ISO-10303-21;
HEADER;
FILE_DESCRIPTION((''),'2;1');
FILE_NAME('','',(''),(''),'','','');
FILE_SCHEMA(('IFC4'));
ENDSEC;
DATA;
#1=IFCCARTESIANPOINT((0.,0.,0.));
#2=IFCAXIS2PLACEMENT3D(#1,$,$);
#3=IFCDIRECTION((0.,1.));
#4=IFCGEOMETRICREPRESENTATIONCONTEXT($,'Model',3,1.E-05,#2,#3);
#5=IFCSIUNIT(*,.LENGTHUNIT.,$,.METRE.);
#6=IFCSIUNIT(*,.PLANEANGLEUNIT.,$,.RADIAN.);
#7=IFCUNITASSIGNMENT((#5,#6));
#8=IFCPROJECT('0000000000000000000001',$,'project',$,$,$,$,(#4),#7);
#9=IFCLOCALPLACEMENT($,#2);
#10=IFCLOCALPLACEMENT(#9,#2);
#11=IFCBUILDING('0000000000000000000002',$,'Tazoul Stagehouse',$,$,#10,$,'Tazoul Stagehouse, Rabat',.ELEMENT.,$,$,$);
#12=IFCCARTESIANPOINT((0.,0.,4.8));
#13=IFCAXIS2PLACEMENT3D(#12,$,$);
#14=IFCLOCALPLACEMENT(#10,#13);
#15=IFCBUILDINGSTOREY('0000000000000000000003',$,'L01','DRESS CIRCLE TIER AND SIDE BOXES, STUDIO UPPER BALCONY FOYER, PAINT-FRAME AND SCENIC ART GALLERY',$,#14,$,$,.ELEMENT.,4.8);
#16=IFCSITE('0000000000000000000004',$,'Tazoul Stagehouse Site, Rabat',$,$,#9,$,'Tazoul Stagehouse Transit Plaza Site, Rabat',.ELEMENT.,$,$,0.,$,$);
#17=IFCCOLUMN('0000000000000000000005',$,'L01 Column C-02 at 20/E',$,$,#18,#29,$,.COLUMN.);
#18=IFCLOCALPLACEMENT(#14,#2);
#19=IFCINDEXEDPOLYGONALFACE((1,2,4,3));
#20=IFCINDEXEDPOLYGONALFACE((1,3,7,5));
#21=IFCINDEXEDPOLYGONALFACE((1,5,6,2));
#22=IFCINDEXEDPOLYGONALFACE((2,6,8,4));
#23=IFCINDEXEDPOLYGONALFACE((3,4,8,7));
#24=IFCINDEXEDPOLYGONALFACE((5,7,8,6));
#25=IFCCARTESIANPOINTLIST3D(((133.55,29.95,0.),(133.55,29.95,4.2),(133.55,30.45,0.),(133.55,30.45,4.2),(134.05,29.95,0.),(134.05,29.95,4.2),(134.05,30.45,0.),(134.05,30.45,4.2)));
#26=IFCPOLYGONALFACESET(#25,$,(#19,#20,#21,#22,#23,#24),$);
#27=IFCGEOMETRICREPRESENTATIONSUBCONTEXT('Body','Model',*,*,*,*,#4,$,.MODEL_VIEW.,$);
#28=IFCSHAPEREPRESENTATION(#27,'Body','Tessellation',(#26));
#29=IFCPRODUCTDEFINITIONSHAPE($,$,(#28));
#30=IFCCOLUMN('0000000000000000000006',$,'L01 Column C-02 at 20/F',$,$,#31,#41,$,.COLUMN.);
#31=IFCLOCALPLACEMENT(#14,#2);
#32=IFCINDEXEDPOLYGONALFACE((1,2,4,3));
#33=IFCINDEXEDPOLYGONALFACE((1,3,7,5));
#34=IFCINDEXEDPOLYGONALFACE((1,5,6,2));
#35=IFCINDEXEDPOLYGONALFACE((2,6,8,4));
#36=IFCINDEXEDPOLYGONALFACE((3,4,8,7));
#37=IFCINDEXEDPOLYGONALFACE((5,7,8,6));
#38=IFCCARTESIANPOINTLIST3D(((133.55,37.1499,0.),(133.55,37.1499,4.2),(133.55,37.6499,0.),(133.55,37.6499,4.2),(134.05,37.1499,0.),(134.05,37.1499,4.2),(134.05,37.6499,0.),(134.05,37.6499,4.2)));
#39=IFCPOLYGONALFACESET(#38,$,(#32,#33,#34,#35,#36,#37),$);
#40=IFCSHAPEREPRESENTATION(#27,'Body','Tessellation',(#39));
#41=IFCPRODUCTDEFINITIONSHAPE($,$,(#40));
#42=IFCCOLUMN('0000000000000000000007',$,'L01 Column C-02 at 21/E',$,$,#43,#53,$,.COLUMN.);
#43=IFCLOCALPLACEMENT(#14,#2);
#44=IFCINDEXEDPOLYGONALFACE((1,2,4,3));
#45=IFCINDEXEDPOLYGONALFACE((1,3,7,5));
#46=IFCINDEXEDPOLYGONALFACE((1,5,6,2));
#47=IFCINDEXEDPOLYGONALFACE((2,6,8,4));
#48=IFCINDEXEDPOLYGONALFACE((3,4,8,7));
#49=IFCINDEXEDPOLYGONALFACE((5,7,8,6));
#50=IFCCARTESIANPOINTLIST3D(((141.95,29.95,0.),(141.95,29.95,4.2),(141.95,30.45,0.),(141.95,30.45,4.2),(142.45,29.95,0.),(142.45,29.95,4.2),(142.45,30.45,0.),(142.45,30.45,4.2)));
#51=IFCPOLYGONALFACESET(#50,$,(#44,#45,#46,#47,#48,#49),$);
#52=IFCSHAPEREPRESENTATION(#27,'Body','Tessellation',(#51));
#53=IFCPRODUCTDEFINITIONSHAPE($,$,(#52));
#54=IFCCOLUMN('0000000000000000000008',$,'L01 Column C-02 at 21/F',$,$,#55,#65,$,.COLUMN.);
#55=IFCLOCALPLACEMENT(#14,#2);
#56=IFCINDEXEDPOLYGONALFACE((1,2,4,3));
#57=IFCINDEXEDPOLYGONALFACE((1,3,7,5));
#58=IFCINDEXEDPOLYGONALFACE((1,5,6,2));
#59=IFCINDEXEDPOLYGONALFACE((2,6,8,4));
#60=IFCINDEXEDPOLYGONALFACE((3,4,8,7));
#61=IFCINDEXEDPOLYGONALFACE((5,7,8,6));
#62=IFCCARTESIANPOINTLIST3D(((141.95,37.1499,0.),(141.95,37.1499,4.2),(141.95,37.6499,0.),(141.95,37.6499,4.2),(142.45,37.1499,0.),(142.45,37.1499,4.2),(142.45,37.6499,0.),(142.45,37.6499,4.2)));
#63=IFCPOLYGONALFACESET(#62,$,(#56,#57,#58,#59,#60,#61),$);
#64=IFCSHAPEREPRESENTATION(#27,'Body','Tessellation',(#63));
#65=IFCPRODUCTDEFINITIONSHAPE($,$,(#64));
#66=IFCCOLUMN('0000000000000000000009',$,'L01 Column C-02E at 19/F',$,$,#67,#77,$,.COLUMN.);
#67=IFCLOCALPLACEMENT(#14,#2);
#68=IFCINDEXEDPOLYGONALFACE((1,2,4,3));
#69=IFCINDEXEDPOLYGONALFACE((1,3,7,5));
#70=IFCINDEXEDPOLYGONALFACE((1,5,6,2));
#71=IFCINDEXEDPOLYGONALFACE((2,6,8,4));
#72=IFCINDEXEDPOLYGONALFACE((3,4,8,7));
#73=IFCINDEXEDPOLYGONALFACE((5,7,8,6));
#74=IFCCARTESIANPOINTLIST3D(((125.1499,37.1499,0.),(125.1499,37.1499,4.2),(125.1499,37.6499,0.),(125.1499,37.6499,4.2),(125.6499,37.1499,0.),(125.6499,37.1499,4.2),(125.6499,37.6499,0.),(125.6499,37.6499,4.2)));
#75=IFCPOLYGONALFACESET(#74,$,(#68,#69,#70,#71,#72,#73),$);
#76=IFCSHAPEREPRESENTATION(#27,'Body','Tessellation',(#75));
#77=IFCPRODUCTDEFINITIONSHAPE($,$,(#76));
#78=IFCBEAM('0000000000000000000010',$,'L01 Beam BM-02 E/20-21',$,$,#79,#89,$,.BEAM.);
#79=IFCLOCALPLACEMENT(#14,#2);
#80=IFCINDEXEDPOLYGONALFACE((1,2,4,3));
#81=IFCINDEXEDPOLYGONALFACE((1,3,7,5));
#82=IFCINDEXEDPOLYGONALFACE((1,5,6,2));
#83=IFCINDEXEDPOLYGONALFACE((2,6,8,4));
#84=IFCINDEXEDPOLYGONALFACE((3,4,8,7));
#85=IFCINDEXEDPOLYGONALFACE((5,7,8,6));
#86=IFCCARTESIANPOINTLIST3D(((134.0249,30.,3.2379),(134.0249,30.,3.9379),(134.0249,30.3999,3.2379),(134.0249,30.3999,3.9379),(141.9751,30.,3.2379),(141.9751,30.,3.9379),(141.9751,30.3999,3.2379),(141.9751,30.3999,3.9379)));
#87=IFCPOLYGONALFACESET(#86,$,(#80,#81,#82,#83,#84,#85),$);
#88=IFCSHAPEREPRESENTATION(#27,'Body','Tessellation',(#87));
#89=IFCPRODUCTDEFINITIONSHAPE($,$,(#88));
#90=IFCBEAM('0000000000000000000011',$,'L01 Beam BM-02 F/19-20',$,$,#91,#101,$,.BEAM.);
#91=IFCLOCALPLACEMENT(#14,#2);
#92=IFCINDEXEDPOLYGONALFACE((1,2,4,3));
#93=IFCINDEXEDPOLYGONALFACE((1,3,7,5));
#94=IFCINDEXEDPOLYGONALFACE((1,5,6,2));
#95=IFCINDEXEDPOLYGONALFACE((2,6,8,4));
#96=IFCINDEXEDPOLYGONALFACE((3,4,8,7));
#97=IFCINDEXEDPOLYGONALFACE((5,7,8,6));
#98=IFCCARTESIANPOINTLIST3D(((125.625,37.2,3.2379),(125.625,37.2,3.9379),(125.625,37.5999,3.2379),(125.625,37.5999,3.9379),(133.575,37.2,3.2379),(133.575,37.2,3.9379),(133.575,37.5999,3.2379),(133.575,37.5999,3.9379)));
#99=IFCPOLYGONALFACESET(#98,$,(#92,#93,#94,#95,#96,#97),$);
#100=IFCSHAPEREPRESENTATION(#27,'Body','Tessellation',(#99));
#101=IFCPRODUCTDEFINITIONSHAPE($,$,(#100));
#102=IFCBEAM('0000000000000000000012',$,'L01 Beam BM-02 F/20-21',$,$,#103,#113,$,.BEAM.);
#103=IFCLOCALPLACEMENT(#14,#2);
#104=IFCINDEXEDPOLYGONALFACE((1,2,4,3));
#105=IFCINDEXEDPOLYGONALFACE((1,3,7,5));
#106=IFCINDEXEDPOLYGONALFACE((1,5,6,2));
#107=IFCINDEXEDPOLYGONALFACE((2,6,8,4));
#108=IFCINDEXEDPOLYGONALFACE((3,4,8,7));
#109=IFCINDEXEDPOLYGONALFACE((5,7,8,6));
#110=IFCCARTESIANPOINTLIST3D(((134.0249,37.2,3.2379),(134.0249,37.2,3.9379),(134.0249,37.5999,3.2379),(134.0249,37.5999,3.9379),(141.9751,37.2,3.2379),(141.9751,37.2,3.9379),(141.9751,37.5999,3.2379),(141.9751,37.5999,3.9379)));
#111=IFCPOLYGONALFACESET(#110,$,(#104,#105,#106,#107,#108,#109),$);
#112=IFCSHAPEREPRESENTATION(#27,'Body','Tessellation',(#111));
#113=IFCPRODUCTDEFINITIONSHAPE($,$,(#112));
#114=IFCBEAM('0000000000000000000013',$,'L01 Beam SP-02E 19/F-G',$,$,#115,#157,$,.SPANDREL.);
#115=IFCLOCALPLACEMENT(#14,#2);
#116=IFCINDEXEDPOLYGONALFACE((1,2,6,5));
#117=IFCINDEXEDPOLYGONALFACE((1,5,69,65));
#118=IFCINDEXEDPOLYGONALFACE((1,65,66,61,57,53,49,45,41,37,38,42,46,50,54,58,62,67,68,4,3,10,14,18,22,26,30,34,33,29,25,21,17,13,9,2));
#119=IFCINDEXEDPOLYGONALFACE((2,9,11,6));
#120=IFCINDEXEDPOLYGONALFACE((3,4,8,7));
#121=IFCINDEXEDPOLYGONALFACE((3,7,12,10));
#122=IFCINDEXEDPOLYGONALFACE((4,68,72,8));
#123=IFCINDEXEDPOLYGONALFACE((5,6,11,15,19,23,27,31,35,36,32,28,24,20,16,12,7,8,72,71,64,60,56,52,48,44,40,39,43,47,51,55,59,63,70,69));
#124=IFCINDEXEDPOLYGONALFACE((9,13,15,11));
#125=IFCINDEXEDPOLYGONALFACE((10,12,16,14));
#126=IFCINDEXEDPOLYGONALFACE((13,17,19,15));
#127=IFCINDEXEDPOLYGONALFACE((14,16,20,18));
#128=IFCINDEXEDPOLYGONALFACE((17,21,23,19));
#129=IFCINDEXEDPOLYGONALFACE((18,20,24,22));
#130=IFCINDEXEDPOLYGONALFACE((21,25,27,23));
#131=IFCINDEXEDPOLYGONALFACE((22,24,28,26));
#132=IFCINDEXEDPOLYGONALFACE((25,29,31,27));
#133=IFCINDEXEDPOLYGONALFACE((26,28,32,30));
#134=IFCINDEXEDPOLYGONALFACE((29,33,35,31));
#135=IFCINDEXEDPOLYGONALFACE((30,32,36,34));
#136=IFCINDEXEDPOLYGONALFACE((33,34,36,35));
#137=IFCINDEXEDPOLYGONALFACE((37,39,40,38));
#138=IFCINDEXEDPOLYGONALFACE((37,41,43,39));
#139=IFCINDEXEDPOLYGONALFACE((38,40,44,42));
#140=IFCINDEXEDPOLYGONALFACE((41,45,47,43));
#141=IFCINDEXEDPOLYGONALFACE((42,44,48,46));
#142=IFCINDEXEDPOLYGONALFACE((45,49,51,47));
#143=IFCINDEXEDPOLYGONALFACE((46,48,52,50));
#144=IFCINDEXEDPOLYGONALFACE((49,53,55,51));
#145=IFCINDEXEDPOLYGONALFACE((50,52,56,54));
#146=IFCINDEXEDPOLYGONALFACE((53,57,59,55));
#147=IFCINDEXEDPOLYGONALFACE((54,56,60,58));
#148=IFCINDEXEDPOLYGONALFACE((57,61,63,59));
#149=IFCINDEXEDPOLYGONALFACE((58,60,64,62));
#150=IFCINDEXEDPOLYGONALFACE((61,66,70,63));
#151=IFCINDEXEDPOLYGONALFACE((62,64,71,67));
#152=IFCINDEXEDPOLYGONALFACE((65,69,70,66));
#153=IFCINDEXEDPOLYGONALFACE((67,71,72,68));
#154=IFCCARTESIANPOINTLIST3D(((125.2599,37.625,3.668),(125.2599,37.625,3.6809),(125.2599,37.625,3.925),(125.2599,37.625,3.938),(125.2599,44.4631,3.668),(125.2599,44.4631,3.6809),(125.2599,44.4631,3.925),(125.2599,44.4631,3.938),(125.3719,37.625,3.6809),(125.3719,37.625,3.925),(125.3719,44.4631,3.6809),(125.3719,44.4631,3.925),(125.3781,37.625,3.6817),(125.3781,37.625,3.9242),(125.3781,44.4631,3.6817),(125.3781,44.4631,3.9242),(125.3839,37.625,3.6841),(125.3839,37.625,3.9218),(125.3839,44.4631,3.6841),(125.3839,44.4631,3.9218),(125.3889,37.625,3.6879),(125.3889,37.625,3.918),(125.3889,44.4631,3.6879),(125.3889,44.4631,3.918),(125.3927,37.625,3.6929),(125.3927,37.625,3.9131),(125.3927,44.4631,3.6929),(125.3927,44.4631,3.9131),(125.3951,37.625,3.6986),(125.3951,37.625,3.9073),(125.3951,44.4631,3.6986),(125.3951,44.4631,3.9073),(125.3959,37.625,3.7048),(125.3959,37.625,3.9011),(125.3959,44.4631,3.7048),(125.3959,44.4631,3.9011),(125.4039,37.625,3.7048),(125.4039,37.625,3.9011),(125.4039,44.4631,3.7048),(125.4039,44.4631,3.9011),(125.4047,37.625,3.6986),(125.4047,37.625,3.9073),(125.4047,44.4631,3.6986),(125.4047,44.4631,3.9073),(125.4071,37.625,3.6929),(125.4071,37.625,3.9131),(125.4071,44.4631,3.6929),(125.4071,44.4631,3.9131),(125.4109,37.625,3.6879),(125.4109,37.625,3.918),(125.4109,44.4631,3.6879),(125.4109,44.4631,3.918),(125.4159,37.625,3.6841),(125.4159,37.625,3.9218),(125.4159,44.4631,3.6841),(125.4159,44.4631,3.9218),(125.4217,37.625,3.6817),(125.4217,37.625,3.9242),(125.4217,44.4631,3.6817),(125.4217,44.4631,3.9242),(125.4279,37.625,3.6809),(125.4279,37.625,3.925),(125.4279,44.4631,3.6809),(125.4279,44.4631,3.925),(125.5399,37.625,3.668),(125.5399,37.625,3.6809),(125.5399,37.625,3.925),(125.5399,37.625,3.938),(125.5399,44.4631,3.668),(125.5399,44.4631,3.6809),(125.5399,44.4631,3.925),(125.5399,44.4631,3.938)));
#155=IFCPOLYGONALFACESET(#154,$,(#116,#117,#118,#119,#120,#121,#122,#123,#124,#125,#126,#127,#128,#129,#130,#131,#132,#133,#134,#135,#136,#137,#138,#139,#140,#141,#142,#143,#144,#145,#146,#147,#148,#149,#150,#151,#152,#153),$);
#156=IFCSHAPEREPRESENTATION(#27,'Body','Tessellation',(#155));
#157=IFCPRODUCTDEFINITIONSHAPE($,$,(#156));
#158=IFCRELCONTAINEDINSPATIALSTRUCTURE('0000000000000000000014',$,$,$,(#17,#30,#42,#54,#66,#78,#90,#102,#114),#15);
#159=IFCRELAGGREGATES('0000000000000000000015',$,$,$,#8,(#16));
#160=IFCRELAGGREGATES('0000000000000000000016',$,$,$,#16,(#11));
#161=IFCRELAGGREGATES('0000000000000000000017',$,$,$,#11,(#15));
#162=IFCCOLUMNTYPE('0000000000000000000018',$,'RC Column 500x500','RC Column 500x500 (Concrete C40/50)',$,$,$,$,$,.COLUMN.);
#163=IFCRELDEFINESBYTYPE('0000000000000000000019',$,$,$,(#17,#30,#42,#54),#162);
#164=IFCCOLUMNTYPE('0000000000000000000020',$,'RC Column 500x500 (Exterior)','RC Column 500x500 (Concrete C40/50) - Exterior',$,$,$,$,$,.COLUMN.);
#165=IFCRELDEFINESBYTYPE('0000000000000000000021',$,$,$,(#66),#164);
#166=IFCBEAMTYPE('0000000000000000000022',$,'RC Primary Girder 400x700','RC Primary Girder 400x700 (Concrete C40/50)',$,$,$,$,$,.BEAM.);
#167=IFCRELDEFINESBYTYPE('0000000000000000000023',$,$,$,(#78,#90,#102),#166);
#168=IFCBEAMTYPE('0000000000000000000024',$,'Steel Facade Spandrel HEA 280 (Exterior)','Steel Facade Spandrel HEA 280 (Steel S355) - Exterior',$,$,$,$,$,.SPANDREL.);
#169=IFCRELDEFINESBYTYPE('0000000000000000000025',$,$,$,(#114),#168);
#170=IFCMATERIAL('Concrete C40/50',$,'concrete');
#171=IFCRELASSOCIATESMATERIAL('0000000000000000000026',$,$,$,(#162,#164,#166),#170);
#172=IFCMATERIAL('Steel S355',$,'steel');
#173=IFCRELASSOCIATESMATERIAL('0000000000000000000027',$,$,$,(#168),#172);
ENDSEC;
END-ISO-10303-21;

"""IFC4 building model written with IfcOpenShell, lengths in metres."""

from ifc_helpers import new_model, si_unit, direction, frame, origin, origin_2d, place, context, subcontext, project, spatial, rectangle, i_section, extrude, material, material_profile, profile_set, type_object, element, save


model = new_model("IFC4")

# Units and contexts
model_context = context("Model", 3, precision=1e-05, world=origin(), true_north=direction((0.0, 1.0)))
body_context = subcontext(model_context, "Body", "Model", "MODEL_VIEW")
ifc_project = project(units=[si_unit("LENGTHUNIT", "METRE"), si_unit("PLANEANGLEUNIT", "RADIAN")], contexts=[model_context])

# Site, building, storey
site_placement = place(None, origin())
site = spatial("IfcSite", under=ifc_project, at=site_placement, Name="Tazoul Stagehouse Site, Rabat", LongName="Tazoul Stagehouse Transit Plaza Site, Rabat", CompositionType="ELEMENT", RefElevation=0.0)
building_placement = place(site_placement, origin())
building = spatial("IfcBuilding", under=site, at=building_placement, Name="Tazoul Stagehouse", LongName="Tazoul Stagehouse, Rabat", CompositionType="ELEMENT")
storey_placement = place(building_placement, frame((0.0, 0.0, 4.8)))
storey = spatial("IfcBuildingStorey", under=building, at=storey_placement, Name="L01", Description="DRESS CIRCLE TIER AND SIDE BOXES, STUDIO UPPER BALCONY FOYER, PAINT-FRAME AND SCENIC ART GALLERY", CompositionType="ELEMENT", Elevation=4.8)

# Columns
ifc_material_1 = material(Name="Concrete C40/50", Category="concrete")
ifc_material_profile_1 = material_profile(ifc_material_1, rectangle(XDim=0.5, YDim=0.5, at=origin_2d()), Name="RC 500x500")
ifc_profile_set_1 = profile_set([ifc_material_profile_1], Name="Concrete C40/50")
column_type_1 = type_object("IfcColumnType", Name="RC Column 500x500", Description="RC Column 500x500 (Concrete C40/50)", PredefinedType="COLUMN", material=ifc_profile_set_1)
for number, where, z_axis, x_axis, name in (
    (1, (133.8, 30.2, 0.0), (0.0, 0.0, 1.0), (1.0, 0.0, 0.0), "L01 Column C-02 at 20/E"),
    (2, (133.8, 37.3999, 0.0), (0.0, 0.0, 1.0), (1.0, 0.0, 0.0), "L01 Column C-02 at 20/F"),
    (3, (142.2, 30.2, 0.0), (0.0, 0.0, 1.0), (1.0, 0.0, 0.0), "L01 Column C-02 at 21/E"),
    (4, (142.2, 37.3999, 0.0), (0.0, 0.0, 1.0), (1.0, 0.0, 0.0), "L01 Column C-02 at 21/F"),
):
    element("IfcColumn", number, at=place(storey_placement, frame(where, z_axis=z_axis, x_axis=x_axis)), inside=storey, type_object=column_type_1, Name=name, PredefinedType="COLUMN", context=body_context, shape_type="SweptSolid", body=[
        extrude(rectangle(XDim=0.5, YDim=0.5, at=origin_2d()), origin(), (0.0, 0.0, 1.0), 4.2),
    ])
ifc_material_profile_2 = material_profile(ifc_material_1, rectangle(XDim=0.5, YDim=0.5, at=origin_2d()), Name="RC 500x500")
ifc_profile_set_2 = profile_set([ifc_material_profile_2], Name="Concrete C40/50")
column_type_2 = type_object("IfcColumnType", Name="RC Column 500x500 (Exterior)", Description="RC Column 500x500 (Concrete C40/50) - Exterior", PredefinedType="COLUMN", material=ifc_profile_set_2)
column_placement = place(storey_placement, frame((125.3999, 37.3999, 0.0), z_axis=(0.0, 0.0, 1.0), x_axis=(1.0, 0.0, 0.0)))
element("IfcColumn", 5, at=column_placement, inside=storey, type_object=column_type_2, Name="L01 Column C-02E at 19/F", PredefinedType="COLUMN", context=body_context, shape_type="SweptSolid", body=[
    extrude(rectangle(XDim=0.5, YDim=0.5, at=origin_2d()), origin(), (0.0, 0.0, 1.0), 4.2),
])

# Beams
ifc_material_profile_3 = material_profile(ifc_material_1, rectangle(XDim=0.3999, YDim=0.7, at=origin_2d()), Name="RC 400x700")
ifc_profile_set_3 = profile_set([ifc_material_profile_3], Name="Concrete C40/50")
beam_type_1 = type_object("IfcBeamType", Name="RC Primary Girder 400x700", Description="RC Primary Girder 400x700 (Concrete C40/50)", PredefinedType="BEAM", material=ifc_profile_set_3)
beam_1_placement = place(storey_placement, frame((134.0249, 30.2, 3.5879), z_axis=(1.0, 0.0, 0.0), x_axis=(0.0, 1.0, 0.0)))
element("IfcBeam", 6, at=beam_1_placement, inside=storey, type_object=beam_type_1, Name="L01 Beam BM-02 E/20-21", PredefinedType="BEAM", context=body_context, shape_type="SweptSolid", body=[
    extrude(rectangle(XDim=0.3999, YDim=0.7, at=origin_2d()), origin(), (0.0, 0.0, 1.0), 7.9502),
])
beam_2_placement = place(storey_placement, frame((125.625, 37.3999, 3.5879), z_axis=(1.0, 0.0, 0.0), x_axis=(0.0, 1.0, 0.0)))
element("IfcBeam", 7, at=beam_2_placement, inside=storey, type_object=beam_type_1, Name="L01 Beam BM-02 F/19-20", PredefinedType="BEAM", context=body_context, shape_type="SweptSolid", body=[
    extrude(rectangle(XDim=0.3999, YDim=0.7, at=origin_2d()), origin(), (0.0, 0.0, 1.0), 7.95),
])
beam_3_placement = place(storey_placement, frame((134.0249, 37.3999, 3.5879), z_axis=(1.0, 0.0, 0.0), x_axis=(0.0, 1.0, 0.0)))
element("IfcBeam", 8, at=beam_3_placement, inside=storey, type_object=beam_type_1, Name="L01 Beam BM-02 F/20-21", PredefinedType="BEAM", context=body_context, shape_type="SweptSolid", body=[
    extrude(rectangle(XDim=0.3999, YDim=0.7, at=origin_2d()), origin(), (0.0, 0.0, 1.0), 7.9502),
])
ifc_material_2 = material(Name="Steel S355", Category="steel")
ifc_material_profile_4 = material_profile(ifc_material_2, i_section(OverallWidth=0.28, OverallDepth=0.27, WebThickness=0.0081, FlangeThickness=0.0129, FilletRadius=0.0239, at=origin_2d()), Name="HEA 280")
ifc_profile_set_4 = profile_set([ifc_material_profile_4], Name="Steel S355")
beam_type_2 = type_object("IfcBeamType", Name="Steel Facade Spandrel HEA 280 (Exterior)", Description="Steel Facade Spandrel HEA 280 (Steel S355) - Exterior", PredefinedType="SPANDREL", material=ifc_profile_set_4)
beam_4_placement = place(storey_placement, frame((125.3999, 37.625, 3.803), z_axis=(0.0, 1.0, 0.0), x_axis=(-1.0, 0.0, 0.0)))
element("IfcBeam", 9, at=beam_4_placement, inside=storey, type_object=beam_type_2, Name="L01 Beam SP-02E 19/F-G", PredefinedType="SPANDREL", context=body_context, shape_type="SweptSolid", body=[
    extrude(i_section(OverallWidth=0.28, OverallDepth=0.27, WebThickness=0.0081, FlangeThickness=0.0129, FilletRadius=0.0239, at=origin_2d()), origin(), (0.0, 0.0, 1.0), 6.8381),
])

save(model, "model.ifc")
